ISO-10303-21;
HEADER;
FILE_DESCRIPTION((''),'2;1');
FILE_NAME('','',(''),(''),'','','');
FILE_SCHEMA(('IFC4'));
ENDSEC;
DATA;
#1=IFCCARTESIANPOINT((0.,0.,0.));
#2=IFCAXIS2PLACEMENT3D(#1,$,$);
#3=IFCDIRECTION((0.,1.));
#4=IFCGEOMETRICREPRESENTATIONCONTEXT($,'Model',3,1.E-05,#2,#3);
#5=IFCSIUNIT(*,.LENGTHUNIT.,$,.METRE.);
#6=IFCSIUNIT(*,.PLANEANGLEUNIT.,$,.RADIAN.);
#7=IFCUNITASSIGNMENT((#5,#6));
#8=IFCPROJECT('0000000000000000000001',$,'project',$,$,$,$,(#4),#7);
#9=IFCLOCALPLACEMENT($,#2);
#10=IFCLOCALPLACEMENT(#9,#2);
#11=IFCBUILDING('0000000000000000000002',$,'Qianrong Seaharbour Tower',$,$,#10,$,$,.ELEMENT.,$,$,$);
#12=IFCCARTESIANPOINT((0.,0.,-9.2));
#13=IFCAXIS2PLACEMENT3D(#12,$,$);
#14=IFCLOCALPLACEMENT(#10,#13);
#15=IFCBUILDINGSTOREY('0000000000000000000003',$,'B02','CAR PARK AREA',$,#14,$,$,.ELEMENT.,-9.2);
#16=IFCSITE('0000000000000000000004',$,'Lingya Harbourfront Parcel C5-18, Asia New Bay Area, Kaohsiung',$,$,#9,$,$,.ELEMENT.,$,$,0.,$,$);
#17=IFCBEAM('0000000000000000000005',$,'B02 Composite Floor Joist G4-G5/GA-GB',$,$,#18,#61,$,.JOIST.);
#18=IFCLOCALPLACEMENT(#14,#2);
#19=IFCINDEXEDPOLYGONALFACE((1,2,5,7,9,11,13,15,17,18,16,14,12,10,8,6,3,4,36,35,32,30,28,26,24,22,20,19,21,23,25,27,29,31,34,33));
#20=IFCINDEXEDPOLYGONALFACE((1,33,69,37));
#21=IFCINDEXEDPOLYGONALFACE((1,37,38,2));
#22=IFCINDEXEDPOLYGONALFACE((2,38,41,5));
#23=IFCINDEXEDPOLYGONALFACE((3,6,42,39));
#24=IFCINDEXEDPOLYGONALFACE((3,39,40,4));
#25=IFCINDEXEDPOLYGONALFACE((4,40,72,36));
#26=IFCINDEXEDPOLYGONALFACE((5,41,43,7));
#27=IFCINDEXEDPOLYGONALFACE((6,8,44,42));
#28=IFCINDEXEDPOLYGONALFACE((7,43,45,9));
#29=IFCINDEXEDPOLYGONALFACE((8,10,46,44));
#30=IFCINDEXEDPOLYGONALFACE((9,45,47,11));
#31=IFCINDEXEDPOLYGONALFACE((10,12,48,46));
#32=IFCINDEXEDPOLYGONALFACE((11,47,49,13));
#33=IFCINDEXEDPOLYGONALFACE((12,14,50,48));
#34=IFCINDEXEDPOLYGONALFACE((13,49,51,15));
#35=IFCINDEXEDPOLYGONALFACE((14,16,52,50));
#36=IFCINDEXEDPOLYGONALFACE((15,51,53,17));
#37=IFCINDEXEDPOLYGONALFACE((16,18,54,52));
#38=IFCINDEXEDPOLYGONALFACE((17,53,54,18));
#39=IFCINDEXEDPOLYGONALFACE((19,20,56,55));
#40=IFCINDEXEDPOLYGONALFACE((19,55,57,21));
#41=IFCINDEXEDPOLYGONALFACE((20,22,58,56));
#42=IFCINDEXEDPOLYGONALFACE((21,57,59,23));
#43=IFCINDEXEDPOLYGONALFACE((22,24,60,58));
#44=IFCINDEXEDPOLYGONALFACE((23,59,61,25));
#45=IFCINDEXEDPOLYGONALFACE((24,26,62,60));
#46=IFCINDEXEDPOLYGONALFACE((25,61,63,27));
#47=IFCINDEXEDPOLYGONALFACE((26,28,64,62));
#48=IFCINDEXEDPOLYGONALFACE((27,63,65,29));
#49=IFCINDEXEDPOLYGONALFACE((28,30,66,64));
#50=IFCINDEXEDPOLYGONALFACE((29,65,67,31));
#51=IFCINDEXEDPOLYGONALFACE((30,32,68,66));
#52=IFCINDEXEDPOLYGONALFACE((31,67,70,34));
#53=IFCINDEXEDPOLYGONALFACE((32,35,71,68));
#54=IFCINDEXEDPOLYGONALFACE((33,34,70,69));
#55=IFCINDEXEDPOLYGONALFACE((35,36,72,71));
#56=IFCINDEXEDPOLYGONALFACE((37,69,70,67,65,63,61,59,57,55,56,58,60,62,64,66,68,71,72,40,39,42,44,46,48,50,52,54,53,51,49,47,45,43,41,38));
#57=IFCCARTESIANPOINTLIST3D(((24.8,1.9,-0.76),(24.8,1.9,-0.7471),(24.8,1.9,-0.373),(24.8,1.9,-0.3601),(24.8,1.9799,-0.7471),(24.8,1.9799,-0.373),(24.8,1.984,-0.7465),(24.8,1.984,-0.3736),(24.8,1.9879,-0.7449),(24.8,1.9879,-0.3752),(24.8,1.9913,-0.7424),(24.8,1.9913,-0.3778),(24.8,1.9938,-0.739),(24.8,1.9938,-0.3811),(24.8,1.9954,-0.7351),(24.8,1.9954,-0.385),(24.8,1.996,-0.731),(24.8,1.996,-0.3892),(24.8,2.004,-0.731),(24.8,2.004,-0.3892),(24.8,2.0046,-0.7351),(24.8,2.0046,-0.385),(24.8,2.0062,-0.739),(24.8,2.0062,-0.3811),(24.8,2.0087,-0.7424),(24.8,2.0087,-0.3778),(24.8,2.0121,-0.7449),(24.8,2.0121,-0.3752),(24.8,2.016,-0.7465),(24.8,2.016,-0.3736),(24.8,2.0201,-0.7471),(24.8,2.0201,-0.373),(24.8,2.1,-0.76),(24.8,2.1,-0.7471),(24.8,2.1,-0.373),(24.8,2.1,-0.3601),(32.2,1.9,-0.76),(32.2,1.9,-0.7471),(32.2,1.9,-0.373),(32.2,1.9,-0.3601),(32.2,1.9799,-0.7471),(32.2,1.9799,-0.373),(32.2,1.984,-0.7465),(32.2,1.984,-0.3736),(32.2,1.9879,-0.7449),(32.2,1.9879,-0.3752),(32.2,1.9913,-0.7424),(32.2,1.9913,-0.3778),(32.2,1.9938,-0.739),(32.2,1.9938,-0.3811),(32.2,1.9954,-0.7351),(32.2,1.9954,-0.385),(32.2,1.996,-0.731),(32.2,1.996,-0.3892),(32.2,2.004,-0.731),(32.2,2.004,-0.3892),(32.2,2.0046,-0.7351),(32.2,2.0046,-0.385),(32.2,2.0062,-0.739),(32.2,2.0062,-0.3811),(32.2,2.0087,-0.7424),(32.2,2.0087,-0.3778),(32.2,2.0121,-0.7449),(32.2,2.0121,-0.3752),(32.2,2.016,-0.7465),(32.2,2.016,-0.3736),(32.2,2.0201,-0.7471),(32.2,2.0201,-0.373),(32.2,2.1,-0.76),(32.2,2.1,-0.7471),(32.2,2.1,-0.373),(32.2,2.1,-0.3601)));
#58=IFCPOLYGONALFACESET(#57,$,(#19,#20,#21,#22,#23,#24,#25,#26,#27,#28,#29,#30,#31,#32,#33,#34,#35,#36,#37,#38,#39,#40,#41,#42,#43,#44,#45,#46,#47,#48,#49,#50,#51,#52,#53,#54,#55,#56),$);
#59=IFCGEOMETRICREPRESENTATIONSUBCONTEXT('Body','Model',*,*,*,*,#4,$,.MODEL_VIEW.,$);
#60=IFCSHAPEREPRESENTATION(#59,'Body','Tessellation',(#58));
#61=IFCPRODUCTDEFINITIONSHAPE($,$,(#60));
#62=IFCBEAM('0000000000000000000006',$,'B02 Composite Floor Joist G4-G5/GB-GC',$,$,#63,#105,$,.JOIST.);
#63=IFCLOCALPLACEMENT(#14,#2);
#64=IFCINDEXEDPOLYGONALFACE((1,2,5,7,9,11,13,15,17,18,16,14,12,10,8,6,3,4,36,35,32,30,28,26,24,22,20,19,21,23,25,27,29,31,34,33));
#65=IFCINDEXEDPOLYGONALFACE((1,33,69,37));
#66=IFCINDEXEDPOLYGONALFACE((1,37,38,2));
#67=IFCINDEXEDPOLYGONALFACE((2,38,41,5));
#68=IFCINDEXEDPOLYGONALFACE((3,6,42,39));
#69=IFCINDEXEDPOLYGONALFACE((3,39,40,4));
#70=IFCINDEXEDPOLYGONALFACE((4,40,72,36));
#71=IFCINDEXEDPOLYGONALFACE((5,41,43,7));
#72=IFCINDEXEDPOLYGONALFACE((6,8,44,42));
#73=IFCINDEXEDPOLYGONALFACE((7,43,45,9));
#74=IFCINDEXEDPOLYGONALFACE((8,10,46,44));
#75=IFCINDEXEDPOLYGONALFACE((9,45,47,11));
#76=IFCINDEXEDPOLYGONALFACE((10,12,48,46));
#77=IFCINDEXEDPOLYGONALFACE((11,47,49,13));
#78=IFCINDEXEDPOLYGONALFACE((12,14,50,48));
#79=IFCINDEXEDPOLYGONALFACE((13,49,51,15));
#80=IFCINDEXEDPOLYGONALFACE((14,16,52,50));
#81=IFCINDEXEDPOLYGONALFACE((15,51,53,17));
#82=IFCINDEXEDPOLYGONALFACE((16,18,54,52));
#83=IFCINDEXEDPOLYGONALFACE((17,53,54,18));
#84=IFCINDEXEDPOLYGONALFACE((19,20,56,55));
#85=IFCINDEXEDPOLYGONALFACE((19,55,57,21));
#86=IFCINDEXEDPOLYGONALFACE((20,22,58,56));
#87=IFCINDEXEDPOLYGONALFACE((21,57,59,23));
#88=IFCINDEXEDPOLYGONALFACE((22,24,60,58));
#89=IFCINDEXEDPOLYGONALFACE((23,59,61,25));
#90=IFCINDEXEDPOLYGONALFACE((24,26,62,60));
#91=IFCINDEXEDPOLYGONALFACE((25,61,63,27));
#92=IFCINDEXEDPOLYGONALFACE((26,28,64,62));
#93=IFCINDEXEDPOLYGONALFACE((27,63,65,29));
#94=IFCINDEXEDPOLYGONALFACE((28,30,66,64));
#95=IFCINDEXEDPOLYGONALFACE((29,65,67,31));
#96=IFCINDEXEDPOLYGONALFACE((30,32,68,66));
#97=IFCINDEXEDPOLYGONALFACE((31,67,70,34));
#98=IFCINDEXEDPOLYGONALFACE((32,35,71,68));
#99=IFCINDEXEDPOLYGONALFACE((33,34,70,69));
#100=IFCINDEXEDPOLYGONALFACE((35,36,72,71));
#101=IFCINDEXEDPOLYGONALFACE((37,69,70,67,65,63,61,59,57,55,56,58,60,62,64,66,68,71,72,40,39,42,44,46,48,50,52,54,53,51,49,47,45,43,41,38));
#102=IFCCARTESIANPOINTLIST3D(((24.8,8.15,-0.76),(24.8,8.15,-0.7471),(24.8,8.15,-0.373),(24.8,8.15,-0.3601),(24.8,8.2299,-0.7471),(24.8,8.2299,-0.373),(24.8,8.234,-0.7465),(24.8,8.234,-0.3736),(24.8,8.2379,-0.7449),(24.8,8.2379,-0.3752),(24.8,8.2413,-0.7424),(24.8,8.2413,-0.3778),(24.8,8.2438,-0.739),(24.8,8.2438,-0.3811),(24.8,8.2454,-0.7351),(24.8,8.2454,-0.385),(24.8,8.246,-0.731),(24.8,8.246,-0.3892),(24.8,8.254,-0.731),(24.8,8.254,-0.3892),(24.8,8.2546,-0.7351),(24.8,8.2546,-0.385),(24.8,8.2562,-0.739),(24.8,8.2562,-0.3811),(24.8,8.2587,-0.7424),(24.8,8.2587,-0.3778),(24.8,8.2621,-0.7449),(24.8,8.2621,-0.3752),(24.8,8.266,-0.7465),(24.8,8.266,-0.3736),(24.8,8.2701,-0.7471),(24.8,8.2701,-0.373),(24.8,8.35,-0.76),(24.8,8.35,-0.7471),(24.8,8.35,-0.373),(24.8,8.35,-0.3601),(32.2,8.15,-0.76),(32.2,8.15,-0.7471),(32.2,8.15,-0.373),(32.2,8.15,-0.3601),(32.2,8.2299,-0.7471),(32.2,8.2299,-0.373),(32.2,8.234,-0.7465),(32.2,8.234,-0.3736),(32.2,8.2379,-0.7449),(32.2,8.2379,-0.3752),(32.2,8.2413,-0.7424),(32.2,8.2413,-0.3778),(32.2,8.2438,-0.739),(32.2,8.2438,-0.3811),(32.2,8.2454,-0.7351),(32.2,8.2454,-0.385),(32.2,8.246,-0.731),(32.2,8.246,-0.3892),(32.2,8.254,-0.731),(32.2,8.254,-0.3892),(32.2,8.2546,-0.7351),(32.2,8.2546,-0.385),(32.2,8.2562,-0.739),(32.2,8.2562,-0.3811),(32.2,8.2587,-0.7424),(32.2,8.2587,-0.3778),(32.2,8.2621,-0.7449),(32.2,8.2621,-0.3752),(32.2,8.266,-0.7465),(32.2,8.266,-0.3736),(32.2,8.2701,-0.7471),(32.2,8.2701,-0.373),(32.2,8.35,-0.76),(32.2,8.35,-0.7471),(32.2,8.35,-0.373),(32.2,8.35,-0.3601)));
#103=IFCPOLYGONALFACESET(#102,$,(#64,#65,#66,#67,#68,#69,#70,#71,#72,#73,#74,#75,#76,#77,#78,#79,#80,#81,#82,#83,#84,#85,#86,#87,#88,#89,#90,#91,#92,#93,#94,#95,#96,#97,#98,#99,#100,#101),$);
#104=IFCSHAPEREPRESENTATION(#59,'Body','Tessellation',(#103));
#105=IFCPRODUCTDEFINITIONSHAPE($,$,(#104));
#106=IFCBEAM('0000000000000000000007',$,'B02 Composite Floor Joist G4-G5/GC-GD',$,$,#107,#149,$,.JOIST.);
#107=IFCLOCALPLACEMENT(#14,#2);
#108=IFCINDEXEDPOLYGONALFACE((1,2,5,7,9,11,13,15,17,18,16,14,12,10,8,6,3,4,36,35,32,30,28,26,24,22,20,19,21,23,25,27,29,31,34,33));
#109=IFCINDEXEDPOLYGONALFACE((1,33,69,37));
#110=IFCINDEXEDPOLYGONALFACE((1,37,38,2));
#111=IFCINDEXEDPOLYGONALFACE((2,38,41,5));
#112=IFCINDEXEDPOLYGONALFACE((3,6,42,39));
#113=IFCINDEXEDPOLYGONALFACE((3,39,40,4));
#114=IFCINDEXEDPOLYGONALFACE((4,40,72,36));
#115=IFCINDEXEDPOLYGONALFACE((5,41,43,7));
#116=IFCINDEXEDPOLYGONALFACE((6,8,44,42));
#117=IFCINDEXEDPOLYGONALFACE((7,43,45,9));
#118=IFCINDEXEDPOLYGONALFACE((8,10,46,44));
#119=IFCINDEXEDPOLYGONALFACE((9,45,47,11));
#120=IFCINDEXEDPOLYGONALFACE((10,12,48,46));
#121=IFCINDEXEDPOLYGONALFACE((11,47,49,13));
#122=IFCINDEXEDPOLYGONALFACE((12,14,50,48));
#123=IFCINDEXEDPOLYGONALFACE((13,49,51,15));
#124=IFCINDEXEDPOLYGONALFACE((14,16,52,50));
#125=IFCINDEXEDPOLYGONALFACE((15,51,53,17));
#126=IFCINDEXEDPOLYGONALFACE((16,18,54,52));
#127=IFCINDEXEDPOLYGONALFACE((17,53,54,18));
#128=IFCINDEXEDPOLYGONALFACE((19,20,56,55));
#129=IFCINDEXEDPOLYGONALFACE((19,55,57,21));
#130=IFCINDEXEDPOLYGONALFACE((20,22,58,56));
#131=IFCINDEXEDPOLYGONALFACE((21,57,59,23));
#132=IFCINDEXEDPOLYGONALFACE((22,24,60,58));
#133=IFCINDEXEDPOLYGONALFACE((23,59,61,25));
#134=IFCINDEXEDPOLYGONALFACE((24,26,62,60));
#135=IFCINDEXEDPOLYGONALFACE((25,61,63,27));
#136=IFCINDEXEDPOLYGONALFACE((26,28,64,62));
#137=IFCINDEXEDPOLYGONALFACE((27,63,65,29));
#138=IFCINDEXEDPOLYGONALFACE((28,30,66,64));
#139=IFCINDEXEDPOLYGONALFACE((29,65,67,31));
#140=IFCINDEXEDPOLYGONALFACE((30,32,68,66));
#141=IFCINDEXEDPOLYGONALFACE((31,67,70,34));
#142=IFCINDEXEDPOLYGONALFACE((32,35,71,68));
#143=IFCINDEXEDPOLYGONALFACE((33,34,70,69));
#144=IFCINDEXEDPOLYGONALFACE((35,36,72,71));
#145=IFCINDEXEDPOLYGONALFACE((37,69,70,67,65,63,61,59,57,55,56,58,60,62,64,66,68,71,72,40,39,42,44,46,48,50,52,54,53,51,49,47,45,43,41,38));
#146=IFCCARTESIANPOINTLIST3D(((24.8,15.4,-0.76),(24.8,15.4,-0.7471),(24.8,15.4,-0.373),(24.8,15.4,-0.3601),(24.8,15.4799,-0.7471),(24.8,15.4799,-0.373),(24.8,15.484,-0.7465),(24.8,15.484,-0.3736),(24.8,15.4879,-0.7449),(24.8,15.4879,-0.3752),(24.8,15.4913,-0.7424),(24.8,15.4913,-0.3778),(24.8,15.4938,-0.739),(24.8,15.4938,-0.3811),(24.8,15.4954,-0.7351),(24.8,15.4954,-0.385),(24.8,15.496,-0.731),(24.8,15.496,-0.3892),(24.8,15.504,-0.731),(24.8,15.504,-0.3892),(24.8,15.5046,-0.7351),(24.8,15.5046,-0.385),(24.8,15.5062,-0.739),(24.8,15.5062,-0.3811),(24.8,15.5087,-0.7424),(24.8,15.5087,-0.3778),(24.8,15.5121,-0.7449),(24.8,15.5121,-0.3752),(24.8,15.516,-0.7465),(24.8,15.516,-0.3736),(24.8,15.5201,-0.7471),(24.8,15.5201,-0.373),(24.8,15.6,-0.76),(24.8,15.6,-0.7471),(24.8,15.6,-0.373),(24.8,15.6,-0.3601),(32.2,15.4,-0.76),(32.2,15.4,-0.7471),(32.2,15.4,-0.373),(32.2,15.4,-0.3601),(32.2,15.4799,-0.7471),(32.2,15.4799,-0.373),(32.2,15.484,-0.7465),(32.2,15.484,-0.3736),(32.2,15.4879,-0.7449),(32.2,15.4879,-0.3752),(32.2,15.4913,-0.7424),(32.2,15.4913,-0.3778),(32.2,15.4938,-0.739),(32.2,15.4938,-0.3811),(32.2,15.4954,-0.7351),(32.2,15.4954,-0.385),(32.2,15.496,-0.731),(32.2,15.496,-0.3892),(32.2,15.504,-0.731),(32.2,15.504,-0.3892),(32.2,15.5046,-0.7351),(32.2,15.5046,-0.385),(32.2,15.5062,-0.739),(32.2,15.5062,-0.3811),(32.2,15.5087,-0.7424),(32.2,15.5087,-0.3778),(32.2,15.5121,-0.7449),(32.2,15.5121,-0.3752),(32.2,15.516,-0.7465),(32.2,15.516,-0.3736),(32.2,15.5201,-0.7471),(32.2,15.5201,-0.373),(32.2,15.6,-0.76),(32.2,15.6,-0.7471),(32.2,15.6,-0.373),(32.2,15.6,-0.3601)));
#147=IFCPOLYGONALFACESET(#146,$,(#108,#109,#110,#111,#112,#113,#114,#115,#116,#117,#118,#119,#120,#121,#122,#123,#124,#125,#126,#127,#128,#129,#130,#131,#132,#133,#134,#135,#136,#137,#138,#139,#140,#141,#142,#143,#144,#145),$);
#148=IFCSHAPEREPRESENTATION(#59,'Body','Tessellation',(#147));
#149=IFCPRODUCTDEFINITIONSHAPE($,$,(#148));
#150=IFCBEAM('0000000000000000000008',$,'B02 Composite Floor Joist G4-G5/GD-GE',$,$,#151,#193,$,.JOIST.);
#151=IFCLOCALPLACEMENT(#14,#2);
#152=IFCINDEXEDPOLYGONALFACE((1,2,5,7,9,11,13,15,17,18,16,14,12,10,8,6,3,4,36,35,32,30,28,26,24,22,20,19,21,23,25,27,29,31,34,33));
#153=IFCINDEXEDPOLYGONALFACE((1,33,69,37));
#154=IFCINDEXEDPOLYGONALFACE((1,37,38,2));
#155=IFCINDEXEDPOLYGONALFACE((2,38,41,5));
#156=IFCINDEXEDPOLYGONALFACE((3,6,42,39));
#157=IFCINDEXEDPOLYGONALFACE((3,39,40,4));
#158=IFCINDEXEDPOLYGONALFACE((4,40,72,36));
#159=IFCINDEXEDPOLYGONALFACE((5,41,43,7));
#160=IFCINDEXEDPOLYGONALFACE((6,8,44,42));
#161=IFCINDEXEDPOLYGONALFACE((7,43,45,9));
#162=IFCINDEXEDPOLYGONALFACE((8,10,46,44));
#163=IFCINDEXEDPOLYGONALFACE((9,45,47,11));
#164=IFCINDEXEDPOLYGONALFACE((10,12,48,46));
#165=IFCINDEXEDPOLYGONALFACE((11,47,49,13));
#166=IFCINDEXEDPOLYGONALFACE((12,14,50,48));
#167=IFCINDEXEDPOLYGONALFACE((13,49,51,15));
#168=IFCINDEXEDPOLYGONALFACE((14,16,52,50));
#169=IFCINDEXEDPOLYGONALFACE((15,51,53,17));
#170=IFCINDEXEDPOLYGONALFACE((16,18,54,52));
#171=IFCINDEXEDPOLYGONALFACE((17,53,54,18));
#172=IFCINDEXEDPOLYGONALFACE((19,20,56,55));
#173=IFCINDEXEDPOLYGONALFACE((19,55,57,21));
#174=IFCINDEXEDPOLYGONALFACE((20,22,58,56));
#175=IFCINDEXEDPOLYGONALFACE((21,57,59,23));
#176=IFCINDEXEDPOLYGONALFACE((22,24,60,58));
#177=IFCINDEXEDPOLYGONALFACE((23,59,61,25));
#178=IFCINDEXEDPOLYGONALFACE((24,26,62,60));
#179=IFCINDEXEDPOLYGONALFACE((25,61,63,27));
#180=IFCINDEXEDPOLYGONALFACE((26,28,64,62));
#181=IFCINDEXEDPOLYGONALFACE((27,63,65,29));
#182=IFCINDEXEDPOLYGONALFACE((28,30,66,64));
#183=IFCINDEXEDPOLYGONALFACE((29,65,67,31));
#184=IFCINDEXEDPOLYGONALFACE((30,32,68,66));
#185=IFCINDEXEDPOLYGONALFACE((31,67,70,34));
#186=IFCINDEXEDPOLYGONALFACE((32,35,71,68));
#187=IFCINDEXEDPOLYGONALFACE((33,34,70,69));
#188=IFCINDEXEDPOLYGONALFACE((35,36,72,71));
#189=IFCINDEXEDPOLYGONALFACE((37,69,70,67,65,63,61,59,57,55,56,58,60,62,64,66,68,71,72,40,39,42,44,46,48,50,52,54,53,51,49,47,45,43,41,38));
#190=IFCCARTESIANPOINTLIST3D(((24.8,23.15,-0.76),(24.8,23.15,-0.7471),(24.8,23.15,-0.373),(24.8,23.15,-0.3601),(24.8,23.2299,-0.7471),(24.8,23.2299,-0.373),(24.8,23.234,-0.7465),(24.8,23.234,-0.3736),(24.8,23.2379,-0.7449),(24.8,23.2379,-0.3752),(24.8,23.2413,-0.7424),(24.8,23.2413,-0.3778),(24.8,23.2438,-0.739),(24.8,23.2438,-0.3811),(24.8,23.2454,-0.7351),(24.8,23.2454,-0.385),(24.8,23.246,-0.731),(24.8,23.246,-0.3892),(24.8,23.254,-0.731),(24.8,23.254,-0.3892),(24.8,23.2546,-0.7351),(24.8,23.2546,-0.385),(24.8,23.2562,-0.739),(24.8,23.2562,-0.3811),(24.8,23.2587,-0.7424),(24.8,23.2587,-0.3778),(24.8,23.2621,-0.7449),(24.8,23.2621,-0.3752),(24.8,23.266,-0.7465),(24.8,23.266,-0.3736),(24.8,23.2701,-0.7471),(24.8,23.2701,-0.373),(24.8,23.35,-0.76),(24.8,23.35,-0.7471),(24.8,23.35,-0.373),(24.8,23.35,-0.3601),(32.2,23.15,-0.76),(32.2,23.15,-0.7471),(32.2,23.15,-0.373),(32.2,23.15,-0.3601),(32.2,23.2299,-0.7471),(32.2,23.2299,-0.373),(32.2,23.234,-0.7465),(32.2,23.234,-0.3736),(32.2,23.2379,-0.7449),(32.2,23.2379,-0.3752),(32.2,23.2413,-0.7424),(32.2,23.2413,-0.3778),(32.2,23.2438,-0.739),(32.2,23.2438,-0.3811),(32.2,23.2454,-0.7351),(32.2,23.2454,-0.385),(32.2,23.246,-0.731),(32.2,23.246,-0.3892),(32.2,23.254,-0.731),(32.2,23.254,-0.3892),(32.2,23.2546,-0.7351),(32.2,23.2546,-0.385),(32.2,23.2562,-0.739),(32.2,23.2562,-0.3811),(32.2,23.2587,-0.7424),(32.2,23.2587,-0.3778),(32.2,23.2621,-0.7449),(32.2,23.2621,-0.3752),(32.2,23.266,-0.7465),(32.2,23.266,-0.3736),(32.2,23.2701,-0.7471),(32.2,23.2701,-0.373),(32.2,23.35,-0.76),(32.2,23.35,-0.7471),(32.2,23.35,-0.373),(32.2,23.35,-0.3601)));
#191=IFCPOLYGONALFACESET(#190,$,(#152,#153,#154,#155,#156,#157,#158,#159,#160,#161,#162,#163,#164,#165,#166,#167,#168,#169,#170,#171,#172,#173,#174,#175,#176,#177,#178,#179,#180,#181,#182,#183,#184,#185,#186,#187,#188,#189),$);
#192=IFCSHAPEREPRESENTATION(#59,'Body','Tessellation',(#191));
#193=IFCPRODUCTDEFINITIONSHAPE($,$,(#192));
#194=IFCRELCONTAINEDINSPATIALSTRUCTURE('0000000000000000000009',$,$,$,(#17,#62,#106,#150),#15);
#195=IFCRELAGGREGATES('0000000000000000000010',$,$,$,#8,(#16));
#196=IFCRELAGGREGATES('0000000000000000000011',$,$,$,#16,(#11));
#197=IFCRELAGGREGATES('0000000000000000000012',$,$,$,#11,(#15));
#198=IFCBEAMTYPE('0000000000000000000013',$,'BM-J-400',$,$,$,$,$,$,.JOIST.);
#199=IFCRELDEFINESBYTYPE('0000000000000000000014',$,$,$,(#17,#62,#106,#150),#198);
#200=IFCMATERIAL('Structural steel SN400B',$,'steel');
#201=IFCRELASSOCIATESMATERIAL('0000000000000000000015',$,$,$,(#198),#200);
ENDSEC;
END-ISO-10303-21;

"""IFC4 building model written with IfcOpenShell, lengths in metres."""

from ifc_helpers import new_model, si_unit, direction, frame, origin, origin_2d, place, context, subcontext, project, spatial, i_section, extrude, material, material_profile, profile_set, type_object, element, save


model = new_model("IFC4")

# Units and contexts
model_context = context("Model", 3, precision=1e-05, world=origin(), true_north=direction((0.0, 1.0)))
body_context = subcontext(model_context, "Body", "Model", "MODEL_VIEW")
ifc_project = project(units=[si_unit("LENGTHUNIT", "METRE"), si_unit("PLANEANGLEUNIT", "RADIAN")], contexts=[model_context])

# Site, building, storey
site_placement = place(None, origin())
site = spatial("IfcSite", under=ifc_project, at=site_placement, Name="Lingya Harbourfront Parcel C5-18, Asia New Bay Area, Kaohsiung", CompositionType="ELEMENT", RefElevation=0.0)
building_placement = place(site_placement, origin())
building = spatial("IfcBuilding", under=site, at=building_placement, Name="Qianrong Seaharbour Tower", CompositionType="ELEMENT")
storey_placement = place(building_placement, frame((0.0, 0.0, -9.2)))
storey = spatial("IfcBuildingStorey", under=building, at=storey_placement, Name="B02", Description="CAR PARK AREA", CompositionType="ELEMENT", Elevation=-9.2)

# Beams
ifc_material_1 = material(Name="Structural steel SN400B", Category="steel")
ifc_material_profile_1 = material_profile(ifc_material_1, i_section(OverallWidth=0.2, OverallDepth=0.3999, WebThickness=0.0081, FlangeThickness=0.0129, FilletRadius=0.0161, at=origin_2d()), Name="H400x200x8x13")
ifc_profile_set_1 = profile_set([ifc_material_profile_1], Name="Structural steel SN400B")
beam_type_1 = type_object("IfcBeamType", Name="BM-J-400", PredefinedType="JOIST", material=ifc_profile_set_1)
for number, where, z_axis, x_axis, name in (
    (1, (24.8, 2.0, -0.5601), (1.0, 0.0, 0.0), (0.0, 1.0, 0.0), "B02 Composite Floor Joist G4-G5/GA-GB"),
    (2, (24.8, 8.25, -0.5601), (1.0, 0.0, 0.0), (0.0, 1.0, 0.0), "B02 Composite Floor Joist G4-G5/GB-GC"),
    (3, (24.8, 15.5, -0.5601), (1.0, 0.0, 0.0), (0.0, 1.0, 0.0), "B02 Composite Floor Joist G4-G5/GC-GD"),
    (4, (24.8, 23.25, -0.5601), (1.0, 0.0, 0.0), (0.0, 1.0, 0.0), "B02 Composite Floor Joist G4-G5/GD-GE"),
):
    element("IfcBeam", number, at=place(storey_placement, frame(where, z_axis=z_axis, x_axis=x_axis)), inside=storey, type_object=beam_type_1, Name=name, PredefinedType="JOIST", context=body_context, shape_type="SweptSolid", body=[
        extrude(i_section(OverallWidth=0.2, OverallDepth=0.3999, WebThickness=0.0081, FlangeThickness=0.0129, FilletRadius=0.0161, at=origin_2d()), origin(), (0.0, 0.0, 1.0), 7.3999),
    ])

save(model, "model.ifc")
